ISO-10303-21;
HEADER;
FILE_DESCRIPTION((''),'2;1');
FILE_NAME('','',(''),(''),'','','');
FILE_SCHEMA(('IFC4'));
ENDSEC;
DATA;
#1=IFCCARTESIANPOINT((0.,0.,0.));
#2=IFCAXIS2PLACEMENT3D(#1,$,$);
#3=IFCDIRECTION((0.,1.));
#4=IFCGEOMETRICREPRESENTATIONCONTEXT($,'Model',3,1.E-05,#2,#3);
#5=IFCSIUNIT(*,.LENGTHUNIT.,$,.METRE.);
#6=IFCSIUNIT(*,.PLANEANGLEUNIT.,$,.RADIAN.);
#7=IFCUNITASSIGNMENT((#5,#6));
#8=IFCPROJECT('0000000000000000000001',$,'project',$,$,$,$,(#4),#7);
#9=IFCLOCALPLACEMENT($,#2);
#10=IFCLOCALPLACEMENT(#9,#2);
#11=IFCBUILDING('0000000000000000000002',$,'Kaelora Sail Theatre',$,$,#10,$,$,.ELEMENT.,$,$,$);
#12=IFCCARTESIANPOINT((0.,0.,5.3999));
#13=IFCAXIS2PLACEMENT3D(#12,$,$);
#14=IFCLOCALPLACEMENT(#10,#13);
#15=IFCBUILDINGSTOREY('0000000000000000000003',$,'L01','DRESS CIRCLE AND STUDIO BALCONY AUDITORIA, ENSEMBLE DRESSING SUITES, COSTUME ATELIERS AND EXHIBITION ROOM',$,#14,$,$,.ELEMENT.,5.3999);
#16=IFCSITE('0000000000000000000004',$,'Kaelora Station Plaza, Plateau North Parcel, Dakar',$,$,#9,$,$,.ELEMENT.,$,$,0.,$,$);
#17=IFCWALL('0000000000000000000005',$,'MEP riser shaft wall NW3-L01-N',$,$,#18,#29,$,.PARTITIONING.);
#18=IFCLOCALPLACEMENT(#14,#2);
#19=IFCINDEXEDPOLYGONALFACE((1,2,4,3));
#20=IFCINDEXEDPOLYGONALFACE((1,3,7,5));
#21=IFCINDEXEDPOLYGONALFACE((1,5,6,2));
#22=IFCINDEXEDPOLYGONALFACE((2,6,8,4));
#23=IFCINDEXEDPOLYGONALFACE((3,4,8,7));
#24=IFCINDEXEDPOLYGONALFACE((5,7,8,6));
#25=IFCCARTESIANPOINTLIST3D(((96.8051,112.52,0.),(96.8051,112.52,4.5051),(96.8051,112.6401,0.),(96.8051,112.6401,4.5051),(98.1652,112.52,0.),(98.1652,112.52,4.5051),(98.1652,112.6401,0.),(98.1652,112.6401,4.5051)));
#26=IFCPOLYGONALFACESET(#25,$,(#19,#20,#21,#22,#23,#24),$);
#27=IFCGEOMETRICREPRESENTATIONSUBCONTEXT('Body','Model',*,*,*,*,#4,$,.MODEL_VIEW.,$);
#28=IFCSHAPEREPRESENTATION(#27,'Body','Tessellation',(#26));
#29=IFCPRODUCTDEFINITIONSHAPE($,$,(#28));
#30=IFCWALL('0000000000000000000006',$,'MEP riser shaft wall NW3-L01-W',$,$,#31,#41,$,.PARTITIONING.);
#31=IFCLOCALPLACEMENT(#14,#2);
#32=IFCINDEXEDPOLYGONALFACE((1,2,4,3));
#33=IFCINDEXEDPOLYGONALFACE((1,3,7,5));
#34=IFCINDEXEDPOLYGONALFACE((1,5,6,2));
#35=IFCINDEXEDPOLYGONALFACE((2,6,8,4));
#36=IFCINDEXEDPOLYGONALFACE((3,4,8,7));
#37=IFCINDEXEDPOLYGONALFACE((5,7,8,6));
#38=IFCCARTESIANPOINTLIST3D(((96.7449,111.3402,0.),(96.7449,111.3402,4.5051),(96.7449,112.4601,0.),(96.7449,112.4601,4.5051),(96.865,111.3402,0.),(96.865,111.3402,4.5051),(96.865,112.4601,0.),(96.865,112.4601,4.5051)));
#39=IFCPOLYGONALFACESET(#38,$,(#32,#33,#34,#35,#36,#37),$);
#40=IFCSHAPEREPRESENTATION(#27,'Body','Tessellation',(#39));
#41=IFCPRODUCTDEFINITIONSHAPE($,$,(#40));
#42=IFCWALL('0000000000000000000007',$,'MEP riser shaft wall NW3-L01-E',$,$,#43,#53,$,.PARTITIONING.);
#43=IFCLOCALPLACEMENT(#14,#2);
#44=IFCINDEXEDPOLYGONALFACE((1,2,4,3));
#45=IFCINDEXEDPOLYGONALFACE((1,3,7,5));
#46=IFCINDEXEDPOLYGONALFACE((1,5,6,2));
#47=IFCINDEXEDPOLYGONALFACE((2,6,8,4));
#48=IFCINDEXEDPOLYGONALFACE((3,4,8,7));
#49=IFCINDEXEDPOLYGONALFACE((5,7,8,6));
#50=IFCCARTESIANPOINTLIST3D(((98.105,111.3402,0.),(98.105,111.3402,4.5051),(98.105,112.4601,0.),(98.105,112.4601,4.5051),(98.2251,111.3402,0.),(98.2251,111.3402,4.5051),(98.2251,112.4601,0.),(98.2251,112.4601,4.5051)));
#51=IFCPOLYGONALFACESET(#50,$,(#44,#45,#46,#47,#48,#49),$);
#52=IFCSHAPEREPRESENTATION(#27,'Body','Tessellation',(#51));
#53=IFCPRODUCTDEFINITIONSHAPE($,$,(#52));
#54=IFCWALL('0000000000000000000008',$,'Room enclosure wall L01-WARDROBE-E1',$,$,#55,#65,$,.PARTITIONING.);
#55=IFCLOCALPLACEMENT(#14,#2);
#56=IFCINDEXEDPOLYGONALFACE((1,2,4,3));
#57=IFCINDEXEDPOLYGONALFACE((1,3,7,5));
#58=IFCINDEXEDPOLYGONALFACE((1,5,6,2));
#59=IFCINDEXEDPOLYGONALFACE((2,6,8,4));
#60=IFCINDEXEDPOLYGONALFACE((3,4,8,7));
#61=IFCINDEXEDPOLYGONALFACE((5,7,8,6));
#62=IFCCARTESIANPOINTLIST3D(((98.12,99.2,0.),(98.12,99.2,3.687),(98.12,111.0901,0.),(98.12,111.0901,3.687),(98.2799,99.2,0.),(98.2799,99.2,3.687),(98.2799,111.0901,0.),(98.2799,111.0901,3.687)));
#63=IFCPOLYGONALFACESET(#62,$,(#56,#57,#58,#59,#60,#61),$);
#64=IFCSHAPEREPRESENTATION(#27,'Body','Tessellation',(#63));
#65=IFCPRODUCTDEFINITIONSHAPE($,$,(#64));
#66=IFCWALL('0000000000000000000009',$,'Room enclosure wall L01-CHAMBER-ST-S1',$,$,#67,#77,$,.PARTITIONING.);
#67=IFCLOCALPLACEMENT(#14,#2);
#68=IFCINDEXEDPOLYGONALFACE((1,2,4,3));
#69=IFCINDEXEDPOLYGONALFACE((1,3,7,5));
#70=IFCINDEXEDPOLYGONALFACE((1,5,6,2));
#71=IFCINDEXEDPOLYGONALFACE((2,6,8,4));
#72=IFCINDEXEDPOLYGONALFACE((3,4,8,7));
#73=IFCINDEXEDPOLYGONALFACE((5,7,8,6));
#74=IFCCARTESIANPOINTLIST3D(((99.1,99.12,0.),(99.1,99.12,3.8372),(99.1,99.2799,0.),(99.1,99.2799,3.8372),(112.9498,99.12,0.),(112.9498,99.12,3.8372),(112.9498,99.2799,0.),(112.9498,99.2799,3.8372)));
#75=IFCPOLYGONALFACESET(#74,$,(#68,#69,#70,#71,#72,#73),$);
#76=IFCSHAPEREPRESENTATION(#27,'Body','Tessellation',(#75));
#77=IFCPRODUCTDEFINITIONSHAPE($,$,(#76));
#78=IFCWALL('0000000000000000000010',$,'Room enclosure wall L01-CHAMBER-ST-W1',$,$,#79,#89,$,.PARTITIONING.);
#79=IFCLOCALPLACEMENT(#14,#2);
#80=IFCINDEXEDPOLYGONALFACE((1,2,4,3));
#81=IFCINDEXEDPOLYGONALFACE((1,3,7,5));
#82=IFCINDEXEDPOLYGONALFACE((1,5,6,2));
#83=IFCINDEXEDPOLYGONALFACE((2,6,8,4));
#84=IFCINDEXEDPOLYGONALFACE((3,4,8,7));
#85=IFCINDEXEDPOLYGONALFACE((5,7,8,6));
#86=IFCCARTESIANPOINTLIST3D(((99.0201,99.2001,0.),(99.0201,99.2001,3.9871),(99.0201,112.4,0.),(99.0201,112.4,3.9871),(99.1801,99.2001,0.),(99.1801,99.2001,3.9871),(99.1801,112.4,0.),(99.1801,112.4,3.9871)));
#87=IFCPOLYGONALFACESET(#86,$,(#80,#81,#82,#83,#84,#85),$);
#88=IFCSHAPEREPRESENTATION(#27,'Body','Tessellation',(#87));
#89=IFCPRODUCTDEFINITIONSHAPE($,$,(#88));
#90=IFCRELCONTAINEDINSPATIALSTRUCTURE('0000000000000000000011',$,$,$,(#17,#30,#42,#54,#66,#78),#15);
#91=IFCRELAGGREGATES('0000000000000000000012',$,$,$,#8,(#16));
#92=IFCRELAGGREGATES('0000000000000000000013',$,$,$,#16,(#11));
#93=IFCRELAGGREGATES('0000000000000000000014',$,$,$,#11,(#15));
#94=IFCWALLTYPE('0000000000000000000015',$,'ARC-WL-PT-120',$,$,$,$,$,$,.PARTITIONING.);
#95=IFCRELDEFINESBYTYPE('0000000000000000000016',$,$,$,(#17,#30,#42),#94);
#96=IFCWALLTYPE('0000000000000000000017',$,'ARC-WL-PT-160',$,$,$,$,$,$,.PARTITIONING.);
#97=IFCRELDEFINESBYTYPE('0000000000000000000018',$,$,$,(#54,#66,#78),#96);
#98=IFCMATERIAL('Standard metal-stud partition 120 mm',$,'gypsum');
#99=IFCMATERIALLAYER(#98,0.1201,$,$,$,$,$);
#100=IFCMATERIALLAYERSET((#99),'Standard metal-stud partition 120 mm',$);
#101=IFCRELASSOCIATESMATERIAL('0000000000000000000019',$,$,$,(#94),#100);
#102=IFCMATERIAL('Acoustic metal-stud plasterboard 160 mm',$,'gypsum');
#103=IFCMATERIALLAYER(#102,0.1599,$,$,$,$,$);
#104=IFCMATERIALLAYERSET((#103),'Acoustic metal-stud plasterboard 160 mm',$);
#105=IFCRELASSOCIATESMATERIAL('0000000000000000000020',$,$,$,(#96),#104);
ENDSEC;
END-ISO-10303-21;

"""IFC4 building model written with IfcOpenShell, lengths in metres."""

from ifc_helpers import new_model, si_unit, direction, frame, frame_2d, origin, place, context, subcontext, project, spatial, rectangle, extrude, material, layer, layer_set, type_object, element, save


model = new_model("IFC4")

# Units and contexts
model_context = context("Model", 3, precision=1e-05, world=origin(), true_north=direction((0.0, 1.0)))
body_context = subcontext(model_context, "Body", "Model", "MODEL_VIEW")
ifc_project = project(units=[si_unit("LENGTHUNIT", "METRE"), si_unit("PLANEANGLEUNIT", "RADIAN")], contexts=[model_context])

# Site, building, storey
site_placement = place(None, origin())
site = spatial("IfcSite", under=ifc_project, at=site_placement, Name="Kaelora Station Plaza, Plateau North Parcel, Dakar", CompositionType="ELEMENT", RefElevation=0.0)
building_placement = place(site_placement, origin())
building = spatial("IfcBuilding", under=site, at=building_placement, Name="Kaelora Sail Theatre", CompositionType="ELEMENT")
storey_placement = place(building_placement, frame((0.0, 0.0, 5.3999)))
storey = spatial("IfcBuildingStorey", under=building, at=storey_placement, Name="L01", Description="DRESS CIRCLE AND STUDIO BALCONY AUDITORIA, ENSEMBLE DRESSING SUITES, COSTUME ATELIERS AND EXHIBITION ROOM", CompositionType="ELEMENT", Elevation=5.3999)

# Walls
ifc_material_1 = material(Name="Standard metal-stud partition 120 mm", Category="gypsum")
ifc_layer_1 = layer(ifc_material_1, 0.1201)
ifc_layer_set_1 = layer_set([ifc_layer_1], Name="Standard metal-stud partition 120 mm")
wall_type_1 = type_object("IfcWallType", Name="ARC-WL-PT-120", PredefinedType="PARTITIONING", material=ifc_layer_set_1)
for number, where, z_axis, x_axis, name in (
    (1, (96.8049, 112.5801, 0.0), (0.0, 0.0, 1.0), (1.0, 0.0, 0.0), "MEP riser shaft wall NW3-L01-N"),
):
    element("IfcWall", number, at=place(storey_placement, frame(where, z_axis=z_axis, x_axis=x_axis)), inside=storey, type_object=wall_type_1, Name=name, PredefinedType="PARTITIONING", context=body_context, shape_type="SweptSolid", body=[
        extrude(rectangle(XDim=1.3601, YDim=0.1201, at=frame_2d((0.6802, 0.0))), origin(), (0.0, 0.0, 1.0), 4.5051),
    ])
for number, where, z_axis, x_axis, name in (
    (2, (96.8049, 111.3401, 0.0), (0.0, 0.0, 1.0), (0.0, 1.0, 0.0), "MEP riser shaft wall NW3-L01-W"),
    (3, (98.165, 111.3401, 0.0), (0.0, 0.0, 1.0), (0.0, 1.0, 0.0), "MEP riser shaft wall NW3-L01-E"),
):
    element("IfcWall", number, at=place(storey_placement, frame(where, z_axis=z_axis, x_axis=x_axis)), inside=storey, type_object=wall_type_1, Name=name, PredefinedType="PARTITIONING", context=body_context, shape_type="SweptSolid", body=[
        extrude(rectangle(XDim=1.1199, YDim=0.1201, at=frame_2d((0.5601, 0.0))), origin(), (0.0, 0.0, 1.0), 4.5051),
    ])
ifc_material_2 = material(Name="Acoustic metal-stud plasterboard 160 mm", Category="gypsum")
ifc_layer_2 = layer(ifc_material_2, 0.1599)
ifc_layer_set_2 = layer_set([ifc_layer_2], Name="Acoustic metal-stud plasterboard 160 mm")
wall_type_2 = type_object("IfcWallType", Name="ARC-WL-PT-160", PredefinedType="PARTITIONING", material=ifc_layer_set_2)
wall_1_placement = place(storey_placement, frame((98.2, 99.2, 0.0), z_axis=(0.0, 0.0, 1.0), x_axis=(0.0, 1.0, 0.0)))
element("IfcWall", 4, at=wall_1_placement, inside=storey, type_object=wall_type_2, Name="Room enclosure wall L01-WARDROBE-E1", PredefinedType="PARTITIONING", context=body_context, shape_type="SweptSolid", body=[
    extrude(rectangle(XDim=11.8901, YDim=0.1599, at=frame_2d((5.9451, 0.0))), origin(), (0.0, 0.0, 1.0), 3.687),
])
wall_2_placement = place(storey_placement, frame((99.1001, 99.2, 0.0), z_axis=(0.0, 0.0, 1.0), x_axis=(1.0, 0.0, 0.0)))
element("IfcWall", 5, at=wall_2_placement, inside=storey, type_object=wall_type_2, Name="Room enclosure wall L01-CHAMBER-ST-S1", PredefinedType="PARTITIONING", context=body_context, shape_type="SweptSolid", body=[
    extrude(rectangle(XDim=13.8499, YDim=0.1599, at=frame_2d((6.9248, 0.0))), origin(), (0.0, 0.0, 1.0), 3.8372),
])
wall_3_placement = place(storey_placement, frame((99.1001, 99.2, 0.0), z_axis=(0.0, 0.0, 1.0), x_axis=(0.0, 1.0, 0.0)))
element("IfcWall", 6, at=wall_3_placement, inside=storey, type_object=wall_type_2, Name="Room enclosure wall L01-CHAMBER-ST-W1", PredefinedType="PARTITIONING", context=body_context, shape_type="SweptSolid", body=[
    extrude(rectangle(XDim=13.2, YDim=0.1599, at=frame_2d((6.6001, 0.0))), origin(), (0.0, 0.0, 1.0), 3.9871),
])

save(model, "model.ifc")
